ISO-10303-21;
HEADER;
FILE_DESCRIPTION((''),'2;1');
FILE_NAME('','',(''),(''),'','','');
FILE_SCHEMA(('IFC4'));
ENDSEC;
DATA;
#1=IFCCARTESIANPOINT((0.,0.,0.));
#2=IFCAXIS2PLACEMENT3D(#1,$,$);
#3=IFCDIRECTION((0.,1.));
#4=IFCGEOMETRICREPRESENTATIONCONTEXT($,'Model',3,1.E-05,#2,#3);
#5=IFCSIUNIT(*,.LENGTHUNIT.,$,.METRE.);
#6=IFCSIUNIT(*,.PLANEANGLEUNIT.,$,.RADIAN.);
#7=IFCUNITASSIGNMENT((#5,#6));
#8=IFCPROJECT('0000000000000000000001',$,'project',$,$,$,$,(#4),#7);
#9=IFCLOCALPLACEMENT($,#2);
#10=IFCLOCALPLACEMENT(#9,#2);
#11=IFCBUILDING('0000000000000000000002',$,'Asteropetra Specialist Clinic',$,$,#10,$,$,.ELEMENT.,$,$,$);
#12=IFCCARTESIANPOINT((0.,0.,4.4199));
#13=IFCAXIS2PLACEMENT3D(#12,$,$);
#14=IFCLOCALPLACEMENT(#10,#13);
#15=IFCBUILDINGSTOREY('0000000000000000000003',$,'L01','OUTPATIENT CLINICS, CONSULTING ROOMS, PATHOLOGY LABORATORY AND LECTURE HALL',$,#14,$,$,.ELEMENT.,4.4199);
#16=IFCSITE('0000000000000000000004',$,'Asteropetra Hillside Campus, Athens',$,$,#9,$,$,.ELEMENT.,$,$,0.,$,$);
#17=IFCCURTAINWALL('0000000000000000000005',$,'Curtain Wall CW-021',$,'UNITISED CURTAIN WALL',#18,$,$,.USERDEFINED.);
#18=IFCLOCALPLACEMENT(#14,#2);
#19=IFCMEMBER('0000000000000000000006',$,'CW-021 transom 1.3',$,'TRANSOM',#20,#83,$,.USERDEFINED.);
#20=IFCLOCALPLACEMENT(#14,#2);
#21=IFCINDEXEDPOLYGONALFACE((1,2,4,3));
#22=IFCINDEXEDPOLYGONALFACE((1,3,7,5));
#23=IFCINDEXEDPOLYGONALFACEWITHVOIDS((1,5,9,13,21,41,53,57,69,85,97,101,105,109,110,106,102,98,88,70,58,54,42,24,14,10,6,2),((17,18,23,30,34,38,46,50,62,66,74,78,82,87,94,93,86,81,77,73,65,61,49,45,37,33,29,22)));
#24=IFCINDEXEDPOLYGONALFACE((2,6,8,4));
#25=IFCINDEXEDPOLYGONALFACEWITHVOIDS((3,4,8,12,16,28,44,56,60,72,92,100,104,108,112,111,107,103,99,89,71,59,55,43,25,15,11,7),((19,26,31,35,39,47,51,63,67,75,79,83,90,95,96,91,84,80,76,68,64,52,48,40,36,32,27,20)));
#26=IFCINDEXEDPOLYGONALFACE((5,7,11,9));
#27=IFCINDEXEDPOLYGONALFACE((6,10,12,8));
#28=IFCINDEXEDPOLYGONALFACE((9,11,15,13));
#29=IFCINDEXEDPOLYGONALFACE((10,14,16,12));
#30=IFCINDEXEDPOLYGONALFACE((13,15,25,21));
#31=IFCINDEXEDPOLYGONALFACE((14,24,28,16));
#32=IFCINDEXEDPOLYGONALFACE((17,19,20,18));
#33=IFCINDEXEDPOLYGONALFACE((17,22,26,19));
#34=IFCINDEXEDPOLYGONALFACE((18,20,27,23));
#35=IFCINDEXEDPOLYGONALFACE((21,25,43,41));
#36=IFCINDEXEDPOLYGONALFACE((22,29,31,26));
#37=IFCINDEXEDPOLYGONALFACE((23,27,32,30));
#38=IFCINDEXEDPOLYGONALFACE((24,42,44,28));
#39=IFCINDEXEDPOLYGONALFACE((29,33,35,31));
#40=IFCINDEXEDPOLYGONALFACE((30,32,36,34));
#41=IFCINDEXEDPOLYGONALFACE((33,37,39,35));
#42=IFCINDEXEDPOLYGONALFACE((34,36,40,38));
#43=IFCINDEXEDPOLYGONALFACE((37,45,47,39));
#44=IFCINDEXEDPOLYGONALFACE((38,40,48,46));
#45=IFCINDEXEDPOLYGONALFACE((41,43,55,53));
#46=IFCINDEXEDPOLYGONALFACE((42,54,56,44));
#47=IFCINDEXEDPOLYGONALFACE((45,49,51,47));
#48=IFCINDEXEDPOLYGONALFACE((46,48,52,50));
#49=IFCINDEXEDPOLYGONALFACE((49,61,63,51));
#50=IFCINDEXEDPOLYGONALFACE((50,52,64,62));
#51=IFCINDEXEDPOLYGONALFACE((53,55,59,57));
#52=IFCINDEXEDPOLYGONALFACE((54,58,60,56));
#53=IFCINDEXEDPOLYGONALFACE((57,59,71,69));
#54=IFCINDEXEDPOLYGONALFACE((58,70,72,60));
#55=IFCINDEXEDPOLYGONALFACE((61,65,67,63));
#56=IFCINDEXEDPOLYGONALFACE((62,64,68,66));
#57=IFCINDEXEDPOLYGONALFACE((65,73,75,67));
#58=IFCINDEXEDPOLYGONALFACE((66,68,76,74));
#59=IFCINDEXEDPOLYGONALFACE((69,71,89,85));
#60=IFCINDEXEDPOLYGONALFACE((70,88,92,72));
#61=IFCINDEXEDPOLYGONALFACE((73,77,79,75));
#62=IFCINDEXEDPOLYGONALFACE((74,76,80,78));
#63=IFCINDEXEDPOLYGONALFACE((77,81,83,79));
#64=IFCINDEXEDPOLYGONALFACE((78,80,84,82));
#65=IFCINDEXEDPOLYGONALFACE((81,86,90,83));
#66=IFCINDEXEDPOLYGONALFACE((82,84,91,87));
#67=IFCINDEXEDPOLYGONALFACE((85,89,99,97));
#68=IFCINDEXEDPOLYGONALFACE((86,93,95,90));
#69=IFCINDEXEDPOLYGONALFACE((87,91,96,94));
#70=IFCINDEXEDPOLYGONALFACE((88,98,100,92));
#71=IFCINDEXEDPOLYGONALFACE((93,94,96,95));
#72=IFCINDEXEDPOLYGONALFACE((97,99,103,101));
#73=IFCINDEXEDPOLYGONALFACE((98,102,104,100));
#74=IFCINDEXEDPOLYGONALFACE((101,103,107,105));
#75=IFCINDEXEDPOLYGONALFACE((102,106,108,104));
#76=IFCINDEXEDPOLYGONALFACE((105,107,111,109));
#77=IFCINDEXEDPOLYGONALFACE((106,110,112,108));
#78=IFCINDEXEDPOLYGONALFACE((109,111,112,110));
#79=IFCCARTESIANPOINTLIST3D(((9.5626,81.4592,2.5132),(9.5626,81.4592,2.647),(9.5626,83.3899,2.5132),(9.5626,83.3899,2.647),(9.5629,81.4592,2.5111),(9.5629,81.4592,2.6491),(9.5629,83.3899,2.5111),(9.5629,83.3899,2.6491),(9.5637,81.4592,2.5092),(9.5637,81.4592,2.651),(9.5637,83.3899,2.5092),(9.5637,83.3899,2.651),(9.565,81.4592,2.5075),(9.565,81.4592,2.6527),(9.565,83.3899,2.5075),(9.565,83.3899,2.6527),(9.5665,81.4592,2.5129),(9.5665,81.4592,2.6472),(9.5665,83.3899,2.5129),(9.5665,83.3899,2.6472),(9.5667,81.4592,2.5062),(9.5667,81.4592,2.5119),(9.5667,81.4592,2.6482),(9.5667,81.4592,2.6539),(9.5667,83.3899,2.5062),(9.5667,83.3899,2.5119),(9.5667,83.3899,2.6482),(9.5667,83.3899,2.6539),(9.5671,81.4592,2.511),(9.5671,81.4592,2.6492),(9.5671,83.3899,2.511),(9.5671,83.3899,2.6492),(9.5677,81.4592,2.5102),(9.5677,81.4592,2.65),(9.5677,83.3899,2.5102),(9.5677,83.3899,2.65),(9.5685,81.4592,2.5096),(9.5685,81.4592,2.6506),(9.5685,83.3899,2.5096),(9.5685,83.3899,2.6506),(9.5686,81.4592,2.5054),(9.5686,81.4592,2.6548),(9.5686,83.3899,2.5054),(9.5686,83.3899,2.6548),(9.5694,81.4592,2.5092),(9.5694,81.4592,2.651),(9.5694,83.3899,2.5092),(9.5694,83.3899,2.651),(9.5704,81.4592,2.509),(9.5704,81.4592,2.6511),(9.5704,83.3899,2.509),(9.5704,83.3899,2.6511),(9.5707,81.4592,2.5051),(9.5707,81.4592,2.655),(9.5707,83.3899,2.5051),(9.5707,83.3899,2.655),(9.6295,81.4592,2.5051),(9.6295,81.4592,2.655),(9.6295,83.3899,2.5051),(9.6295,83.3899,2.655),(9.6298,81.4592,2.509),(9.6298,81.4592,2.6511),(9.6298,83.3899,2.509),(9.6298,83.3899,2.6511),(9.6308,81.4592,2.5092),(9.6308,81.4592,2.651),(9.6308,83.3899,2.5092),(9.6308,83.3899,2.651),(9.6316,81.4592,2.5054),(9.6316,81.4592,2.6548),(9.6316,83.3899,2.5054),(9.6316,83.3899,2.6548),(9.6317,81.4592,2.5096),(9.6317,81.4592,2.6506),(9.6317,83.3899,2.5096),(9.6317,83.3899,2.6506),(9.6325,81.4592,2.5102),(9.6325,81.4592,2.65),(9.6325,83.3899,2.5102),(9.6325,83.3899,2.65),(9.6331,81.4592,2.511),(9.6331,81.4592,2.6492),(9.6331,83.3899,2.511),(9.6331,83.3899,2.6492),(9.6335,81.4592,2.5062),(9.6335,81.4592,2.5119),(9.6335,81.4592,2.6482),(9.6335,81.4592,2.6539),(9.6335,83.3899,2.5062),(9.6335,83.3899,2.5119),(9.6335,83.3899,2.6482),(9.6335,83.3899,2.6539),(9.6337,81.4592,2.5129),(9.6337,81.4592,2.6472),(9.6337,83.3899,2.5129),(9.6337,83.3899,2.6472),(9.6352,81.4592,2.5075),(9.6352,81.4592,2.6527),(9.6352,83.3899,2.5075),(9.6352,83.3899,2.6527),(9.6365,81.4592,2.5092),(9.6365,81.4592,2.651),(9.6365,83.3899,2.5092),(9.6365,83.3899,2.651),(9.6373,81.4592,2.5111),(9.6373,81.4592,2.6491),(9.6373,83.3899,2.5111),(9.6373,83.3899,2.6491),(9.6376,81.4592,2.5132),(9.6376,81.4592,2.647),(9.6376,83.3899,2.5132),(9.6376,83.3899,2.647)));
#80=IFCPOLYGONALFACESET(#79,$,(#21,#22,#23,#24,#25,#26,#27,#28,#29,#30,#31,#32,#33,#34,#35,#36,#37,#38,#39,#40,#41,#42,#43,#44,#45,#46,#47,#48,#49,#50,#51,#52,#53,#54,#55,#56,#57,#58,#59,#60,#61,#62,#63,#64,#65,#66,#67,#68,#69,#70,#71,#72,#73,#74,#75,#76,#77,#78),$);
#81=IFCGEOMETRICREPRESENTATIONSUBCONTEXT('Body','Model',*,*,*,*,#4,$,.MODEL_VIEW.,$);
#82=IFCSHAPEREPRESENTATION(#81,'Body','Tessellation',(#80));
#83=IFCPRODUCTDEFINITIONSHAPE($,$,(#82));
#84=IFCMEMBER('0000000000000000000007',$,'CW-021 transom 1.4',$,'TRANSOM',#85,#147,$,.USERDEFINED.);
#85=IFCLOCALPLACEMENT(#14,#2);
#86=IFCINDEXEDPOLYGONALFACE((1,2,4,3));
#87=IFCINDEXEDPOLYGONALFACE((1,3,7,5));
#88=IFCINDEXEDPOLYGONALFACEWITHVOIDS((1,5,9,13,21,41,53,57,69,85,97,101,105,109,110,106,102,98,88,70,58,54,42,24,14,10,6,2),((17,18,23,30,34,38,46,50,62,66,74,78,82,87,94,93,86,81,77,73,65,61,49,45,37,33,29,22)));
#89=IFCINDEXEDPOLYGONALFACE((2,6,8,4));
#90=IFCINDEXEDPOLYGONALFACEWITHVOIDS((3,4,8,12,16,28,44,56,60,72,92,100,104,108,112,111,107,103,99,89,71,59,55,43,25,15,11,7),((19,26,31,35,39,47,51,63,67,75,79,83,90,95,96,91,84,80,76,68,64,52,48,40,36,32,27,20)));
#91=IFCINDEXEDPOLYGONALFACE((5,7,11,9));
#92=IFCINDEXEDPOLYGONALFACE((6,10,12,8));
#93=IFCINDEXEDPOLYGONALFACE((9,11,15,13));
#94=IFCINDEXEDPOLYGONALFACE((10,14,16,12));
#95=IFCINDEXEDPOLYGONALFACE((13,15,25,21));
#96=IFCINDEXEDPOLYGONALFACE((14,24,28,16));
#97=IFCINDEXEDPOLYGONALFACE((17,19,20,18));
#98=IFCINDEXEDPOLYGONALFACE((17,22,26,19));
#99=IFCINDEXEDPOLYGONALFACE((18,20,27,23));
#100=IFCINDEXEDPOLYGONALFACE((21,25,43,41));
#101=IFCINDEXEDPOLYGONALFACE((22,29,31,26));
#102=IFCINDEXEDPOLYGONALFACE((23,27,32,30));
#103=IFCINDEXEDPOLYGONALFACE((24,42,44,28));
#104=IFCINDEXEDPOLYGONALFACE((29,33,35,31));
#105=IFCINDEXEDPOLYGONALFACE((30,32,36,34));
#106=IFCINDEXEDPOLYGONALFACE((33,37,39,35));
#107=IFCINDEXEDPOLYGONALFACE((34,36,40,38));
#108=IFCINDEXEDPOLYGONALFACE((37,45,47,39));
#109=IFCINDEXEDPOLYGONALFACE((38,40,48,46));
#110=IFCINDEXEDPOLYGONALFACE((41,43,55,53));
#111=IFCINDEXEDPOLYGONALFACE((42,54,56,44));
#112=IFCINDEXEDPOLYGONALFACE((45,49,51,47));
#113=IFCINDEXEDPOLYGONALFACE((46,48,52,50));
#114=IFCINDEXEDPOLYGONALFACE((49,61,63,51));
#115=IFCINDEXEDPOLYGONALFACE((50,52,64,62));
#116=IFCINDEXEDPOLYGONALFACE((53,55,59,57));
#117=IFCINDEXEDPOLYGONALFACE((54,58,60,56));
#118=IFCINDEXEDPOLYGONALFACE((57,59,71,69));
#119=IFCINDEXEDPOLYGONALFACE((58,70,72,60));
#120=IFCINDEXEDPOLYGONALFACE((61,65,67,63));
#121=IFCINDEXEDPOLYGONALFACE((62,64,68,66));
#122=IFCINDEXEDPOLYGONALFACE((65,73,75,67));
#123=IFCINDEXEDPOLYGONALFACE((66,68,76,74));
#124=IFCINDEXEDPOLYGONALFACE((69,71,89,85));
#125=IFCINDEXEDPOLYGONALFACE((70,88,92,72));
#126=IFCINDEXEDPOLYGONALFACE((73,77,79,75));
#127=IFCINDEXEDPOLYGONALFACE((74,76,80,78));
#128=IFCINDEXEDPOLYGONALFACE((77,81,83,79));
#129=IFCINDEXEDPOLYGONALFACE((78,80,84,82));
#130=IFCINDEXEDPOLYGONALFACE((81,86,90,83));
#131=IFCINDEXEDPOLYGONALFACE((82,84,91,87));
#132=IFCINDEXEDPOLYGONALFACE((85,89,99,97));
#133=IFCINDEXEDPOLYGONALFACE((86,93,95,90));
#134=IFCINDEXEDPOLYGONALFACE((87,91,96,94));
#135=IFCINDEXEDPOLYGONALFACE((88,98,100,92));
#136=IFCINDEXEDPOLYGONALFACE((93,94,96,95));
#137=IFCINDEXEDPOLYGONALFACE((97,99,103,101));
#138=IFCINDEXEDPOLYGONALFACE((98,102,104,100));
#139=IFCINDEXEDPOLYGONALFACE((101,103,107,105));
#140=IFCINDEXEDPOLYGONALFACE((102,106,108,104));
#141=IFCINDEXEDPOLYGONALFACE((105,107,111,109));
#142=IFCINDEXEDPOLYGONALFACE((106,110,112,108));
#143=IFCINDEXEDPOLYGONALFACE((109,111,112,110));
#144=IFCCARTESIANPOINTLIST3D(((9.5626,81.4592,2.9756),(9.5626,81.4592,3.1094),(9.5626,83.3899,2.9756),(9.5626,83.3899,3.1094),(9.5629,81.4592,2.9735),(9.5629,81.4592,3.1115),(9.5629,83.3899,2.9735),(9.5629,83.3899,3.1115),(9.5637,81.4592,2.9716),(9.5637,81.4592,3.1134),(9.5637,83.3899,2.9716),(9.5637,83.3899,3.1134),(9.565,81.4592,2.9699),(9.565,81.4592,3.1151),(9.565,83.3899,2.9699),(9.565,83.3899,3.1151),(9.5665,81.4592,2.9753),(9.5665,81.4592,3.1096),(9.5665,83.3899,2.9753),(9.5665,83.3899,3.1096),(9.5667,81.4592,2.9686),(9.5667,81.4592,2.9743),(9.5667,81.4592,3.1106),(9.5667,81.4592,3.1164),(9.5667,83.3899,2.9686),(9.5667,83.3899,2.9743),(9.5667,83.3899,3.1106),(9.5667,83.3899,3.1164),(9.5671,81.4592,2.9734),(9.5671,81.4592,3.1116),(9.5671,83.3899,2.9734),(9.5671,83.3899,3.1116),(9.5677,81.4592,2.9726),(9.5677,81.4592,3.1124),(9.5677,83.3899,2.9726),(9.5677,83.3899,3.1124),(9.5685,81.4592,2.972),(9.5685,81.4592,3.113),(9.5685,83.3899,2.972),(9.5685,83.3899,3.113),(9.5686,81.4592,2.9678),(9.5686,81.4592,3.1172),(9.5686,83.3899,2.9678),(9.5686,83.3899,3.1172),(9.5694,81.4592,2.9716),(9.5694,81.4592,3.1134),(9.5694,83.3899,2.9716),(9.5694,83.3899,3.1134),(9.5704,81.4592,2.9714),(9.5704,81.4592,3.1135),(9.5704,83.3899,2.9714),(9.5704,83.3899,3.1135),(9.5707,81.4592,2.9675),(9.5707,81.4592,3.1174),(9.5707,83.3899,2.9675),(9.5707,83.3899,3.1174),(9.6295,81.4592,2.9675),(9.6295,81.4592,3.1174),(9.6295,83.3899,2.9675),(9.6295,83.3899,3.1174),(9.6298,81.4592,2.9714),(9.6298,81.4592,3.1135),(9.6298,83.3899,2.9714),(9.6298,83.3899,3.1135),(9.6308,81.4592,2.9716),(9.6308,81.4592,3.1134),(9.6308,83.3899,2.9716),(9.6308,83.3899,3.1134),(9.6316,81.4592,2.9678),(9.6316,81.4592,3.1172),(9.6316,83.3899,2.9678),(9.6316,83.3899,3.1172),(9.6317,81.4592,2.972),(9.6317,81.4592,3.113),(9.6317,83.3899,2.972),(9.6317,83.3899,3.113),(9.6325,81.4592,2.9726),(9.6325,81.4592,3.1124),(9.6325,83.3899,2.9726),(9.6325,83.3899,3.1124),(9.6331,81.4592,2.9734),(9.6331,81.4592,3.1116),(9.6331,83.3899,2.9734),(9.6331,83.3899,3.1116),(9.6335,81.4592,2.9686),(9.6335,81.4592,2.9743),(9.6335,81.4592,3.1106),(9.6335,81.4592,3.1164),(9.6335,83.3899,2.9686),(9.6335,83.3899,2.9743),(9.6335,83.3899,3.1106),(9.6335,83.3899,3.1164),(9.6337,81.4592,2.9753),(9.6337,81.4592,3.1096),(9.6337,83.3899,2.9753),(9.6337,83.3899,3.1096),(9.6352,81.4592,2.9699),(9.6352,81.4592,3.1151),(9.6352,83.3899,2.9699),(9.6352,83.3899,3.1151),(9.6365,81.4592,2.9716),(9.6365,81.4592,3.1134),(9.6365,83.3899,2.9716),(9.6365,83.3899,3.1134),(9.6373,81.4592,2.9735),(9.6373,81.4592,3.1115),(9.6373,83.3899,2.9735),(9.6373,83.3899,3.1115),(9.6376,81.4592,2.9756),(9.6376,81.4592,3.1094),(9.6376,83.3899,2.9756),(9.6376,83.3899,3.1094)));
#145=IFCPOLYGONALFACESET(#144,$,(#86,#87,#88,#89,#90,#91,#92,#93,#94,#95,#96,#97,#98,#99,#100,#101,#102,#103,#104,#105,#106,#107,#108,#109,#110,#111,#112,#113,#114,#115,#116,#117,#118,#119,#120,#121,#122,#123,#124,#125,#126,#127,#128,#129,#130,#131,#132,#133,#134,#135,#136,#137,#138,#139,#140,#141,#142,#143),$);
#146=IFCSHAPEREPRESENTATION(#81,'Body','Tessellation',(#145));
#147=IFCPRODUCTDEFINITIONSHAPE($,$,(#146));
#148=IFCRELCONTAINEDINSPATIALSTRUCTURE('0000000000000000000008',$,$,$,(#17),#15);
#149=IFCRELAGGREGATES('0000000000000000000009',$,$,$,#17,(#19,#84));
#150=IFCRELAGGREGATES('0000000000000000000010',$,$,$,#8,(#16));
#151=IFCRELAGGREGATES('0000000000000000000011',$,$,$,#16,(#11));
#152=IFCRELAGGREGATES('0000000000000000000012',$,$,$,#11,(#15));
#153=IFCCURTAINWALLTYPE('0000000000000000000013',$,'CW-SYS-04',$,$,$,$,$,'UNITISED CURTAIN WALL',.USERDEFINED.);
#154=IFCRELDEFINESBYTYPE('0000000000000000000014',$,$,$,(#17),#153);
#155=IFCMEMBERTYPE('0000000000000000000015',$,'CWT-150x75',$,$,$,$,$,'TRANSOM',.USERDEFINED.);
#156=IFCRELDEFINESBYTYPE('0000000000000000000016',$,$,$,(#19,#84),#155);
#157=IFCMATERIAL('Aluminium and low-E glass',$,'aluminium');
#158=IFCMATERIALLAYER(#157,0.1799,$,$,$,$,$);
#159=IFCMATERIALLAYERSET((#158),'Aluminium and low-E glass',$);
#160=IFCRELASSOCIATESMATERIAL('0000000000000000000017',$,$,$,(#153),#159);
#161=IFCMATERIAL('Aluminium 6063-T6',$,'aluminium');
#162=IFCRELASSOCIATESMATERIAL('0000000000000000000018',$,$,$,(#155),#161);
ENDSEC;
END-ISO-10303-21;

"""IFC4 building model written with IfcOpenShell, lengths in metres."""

from ifc_helpers import new_model, si_unit, direction, frame, origin, origin_2d, place, context, subcontext, project, spatial, hollow_rectangle, extrude, material, layer, layer_set, material_profile, profile_set, type_object, element, aggregate, save


model = new_model("IFC4")

# Units and contexts
model_context = context("Model", 3, precision=1e-05, world=origin(), true_north=direction((0.0, 1.0)))
body_context = subcontext(model_context, "Body", "Model", "MODEL_VIEW")
ifc_project = project(units=[si_unit("LENGTHUNIT", "METRE"), si_unit("PLANEANGLEUNIT", "RADIAN")], contexts=[model_context])

# Site, building, storey
site_placement = place(None, origin())
site = spatial("IfcSite", under=ifc_project, at=site_placement, Name="Asteropetra Hillside Campus, Athens", CompositionType="ELEMENT", RefElevation=0.0)
building_placement = place(site_placement, origin())
building = spatial("IfcBuilding", under=site, at=building_placement, Name="Asteropetra Specialist Clinic", CompositionType="ELEMENT")
storey_placement = place(building_placement, frame((0.0, 0.0, 4.4199)))
storey = spatial("IfcBuildingStorey", under=building, at=storey_placement, Name="L01", Description="OUTPATIENT CLINICS, CONSULTING ROOMS, PATHOLOGY LABORATORY AND LECTURE HALL", CompositionType="ELEMENT", Elevation=4.4199)

# Curtain wall
ifc_material_1 = material(Name="Aluminium and low-E glass", Category="aluminium")
ifc_layer_1 = layer(ifc_material_1, 0.1799)
ifc_layer_set_1 = layer_set([ifc_layer_1], Name="Aluminium and low-E glass")
curtain_wall_type_1 = type_object("IfcCurtainWallType", Name="CW-SYS-04", ElementType="UNITISED CURTAIN WALL", PredefinedType="USERDEFINED", material=ifc_layer_set_1)
curtain_wall_1_placement = place(storey_placement, origin())
curtain_wall_1 = element("IfcCurtainWall", 1, at=curtain_wall_1_placement, inside=storey, type_object=curtain_wall_type_1, Name="Curtain Wall CW-021", ObjectType="UNITISED CURTAIN WALL", PredefinedType="USERDEFINED")

# Members
ifc_material_2 = material(Name="Aluminium 6063-T6", Category="aluminium")
ifc_material_profile_1 = material_profile(ifc_material_2, hollow_rectangle(XDim=0.075, YDim=0.1499, WallThickness=0.0039, InnerFilletRadius=0.0039, OuterFilletRadius=0.0081, at=origin_2d()), Name="TRN 150x75x4.0")
ifc_profile_set_1 = profile_set([ifc_material_profile_1], Name="Aluminium 6063-T6")
member_type_1 = type_object("IfcMemberType", Name="CWT-150x75", ElementType="TRANSOM", PredefinedType="USERDEFINED", material=ifc_profile_set_1)
member_1_placement = place(storey_placement, frame((9.6001, 83.3899, 2.5801), z_axis=(0.0, -1.0, 0.0), x_axis=(1.0, 0.0, 0.0)))
member_1 = element("IfcMember", 2, at=member_1_placement, type_object=member_type_1, Name="CW-021 transom 1.3", ObjectType="TRANSOM", PredefinedType="USERDEFINED", context=body_context, shape_type="SweptSolid", body=[
    extrude(hollow_rectangle(XDim=0.075, YDim=0.1499, WallThickness=0.0039, InnerFilletRadius=0.0039, OuterFilletRadius=0.0081, at=origin_2d()), origin(), (0.0, 0.0, 1.0), 1.9307),
])
member_2_placement = place(storey_placement, frame((9.6001, 83.3899, 3.0425), z_axis=(0.0, -1.0, 0.0), x_axis=(1.0, 0.0, 0.0)))
member_2 = element("IfcMember", 3, at=member_2_placement, type_object=member_type_1, Name="CW-021 transom 1.4", ObjectType="TRANSOM", PredefinedType="USERDEFINED", context=body_context, shape_type="SweptSolid", body=[
    extrude(hollow_rectangle(XDim=0.075, YDim=0.1499, WallThickness=0.0039, InnerFilletRadius=0.0039, OuterFilletRadius=0.0081, at=origin_2d()), origin(), (0.0, 0.0, 1.0), 1.9307),
])

aggregate(curtain_wall_1, [member_1, member_2])

save(model, "model.ifc")
